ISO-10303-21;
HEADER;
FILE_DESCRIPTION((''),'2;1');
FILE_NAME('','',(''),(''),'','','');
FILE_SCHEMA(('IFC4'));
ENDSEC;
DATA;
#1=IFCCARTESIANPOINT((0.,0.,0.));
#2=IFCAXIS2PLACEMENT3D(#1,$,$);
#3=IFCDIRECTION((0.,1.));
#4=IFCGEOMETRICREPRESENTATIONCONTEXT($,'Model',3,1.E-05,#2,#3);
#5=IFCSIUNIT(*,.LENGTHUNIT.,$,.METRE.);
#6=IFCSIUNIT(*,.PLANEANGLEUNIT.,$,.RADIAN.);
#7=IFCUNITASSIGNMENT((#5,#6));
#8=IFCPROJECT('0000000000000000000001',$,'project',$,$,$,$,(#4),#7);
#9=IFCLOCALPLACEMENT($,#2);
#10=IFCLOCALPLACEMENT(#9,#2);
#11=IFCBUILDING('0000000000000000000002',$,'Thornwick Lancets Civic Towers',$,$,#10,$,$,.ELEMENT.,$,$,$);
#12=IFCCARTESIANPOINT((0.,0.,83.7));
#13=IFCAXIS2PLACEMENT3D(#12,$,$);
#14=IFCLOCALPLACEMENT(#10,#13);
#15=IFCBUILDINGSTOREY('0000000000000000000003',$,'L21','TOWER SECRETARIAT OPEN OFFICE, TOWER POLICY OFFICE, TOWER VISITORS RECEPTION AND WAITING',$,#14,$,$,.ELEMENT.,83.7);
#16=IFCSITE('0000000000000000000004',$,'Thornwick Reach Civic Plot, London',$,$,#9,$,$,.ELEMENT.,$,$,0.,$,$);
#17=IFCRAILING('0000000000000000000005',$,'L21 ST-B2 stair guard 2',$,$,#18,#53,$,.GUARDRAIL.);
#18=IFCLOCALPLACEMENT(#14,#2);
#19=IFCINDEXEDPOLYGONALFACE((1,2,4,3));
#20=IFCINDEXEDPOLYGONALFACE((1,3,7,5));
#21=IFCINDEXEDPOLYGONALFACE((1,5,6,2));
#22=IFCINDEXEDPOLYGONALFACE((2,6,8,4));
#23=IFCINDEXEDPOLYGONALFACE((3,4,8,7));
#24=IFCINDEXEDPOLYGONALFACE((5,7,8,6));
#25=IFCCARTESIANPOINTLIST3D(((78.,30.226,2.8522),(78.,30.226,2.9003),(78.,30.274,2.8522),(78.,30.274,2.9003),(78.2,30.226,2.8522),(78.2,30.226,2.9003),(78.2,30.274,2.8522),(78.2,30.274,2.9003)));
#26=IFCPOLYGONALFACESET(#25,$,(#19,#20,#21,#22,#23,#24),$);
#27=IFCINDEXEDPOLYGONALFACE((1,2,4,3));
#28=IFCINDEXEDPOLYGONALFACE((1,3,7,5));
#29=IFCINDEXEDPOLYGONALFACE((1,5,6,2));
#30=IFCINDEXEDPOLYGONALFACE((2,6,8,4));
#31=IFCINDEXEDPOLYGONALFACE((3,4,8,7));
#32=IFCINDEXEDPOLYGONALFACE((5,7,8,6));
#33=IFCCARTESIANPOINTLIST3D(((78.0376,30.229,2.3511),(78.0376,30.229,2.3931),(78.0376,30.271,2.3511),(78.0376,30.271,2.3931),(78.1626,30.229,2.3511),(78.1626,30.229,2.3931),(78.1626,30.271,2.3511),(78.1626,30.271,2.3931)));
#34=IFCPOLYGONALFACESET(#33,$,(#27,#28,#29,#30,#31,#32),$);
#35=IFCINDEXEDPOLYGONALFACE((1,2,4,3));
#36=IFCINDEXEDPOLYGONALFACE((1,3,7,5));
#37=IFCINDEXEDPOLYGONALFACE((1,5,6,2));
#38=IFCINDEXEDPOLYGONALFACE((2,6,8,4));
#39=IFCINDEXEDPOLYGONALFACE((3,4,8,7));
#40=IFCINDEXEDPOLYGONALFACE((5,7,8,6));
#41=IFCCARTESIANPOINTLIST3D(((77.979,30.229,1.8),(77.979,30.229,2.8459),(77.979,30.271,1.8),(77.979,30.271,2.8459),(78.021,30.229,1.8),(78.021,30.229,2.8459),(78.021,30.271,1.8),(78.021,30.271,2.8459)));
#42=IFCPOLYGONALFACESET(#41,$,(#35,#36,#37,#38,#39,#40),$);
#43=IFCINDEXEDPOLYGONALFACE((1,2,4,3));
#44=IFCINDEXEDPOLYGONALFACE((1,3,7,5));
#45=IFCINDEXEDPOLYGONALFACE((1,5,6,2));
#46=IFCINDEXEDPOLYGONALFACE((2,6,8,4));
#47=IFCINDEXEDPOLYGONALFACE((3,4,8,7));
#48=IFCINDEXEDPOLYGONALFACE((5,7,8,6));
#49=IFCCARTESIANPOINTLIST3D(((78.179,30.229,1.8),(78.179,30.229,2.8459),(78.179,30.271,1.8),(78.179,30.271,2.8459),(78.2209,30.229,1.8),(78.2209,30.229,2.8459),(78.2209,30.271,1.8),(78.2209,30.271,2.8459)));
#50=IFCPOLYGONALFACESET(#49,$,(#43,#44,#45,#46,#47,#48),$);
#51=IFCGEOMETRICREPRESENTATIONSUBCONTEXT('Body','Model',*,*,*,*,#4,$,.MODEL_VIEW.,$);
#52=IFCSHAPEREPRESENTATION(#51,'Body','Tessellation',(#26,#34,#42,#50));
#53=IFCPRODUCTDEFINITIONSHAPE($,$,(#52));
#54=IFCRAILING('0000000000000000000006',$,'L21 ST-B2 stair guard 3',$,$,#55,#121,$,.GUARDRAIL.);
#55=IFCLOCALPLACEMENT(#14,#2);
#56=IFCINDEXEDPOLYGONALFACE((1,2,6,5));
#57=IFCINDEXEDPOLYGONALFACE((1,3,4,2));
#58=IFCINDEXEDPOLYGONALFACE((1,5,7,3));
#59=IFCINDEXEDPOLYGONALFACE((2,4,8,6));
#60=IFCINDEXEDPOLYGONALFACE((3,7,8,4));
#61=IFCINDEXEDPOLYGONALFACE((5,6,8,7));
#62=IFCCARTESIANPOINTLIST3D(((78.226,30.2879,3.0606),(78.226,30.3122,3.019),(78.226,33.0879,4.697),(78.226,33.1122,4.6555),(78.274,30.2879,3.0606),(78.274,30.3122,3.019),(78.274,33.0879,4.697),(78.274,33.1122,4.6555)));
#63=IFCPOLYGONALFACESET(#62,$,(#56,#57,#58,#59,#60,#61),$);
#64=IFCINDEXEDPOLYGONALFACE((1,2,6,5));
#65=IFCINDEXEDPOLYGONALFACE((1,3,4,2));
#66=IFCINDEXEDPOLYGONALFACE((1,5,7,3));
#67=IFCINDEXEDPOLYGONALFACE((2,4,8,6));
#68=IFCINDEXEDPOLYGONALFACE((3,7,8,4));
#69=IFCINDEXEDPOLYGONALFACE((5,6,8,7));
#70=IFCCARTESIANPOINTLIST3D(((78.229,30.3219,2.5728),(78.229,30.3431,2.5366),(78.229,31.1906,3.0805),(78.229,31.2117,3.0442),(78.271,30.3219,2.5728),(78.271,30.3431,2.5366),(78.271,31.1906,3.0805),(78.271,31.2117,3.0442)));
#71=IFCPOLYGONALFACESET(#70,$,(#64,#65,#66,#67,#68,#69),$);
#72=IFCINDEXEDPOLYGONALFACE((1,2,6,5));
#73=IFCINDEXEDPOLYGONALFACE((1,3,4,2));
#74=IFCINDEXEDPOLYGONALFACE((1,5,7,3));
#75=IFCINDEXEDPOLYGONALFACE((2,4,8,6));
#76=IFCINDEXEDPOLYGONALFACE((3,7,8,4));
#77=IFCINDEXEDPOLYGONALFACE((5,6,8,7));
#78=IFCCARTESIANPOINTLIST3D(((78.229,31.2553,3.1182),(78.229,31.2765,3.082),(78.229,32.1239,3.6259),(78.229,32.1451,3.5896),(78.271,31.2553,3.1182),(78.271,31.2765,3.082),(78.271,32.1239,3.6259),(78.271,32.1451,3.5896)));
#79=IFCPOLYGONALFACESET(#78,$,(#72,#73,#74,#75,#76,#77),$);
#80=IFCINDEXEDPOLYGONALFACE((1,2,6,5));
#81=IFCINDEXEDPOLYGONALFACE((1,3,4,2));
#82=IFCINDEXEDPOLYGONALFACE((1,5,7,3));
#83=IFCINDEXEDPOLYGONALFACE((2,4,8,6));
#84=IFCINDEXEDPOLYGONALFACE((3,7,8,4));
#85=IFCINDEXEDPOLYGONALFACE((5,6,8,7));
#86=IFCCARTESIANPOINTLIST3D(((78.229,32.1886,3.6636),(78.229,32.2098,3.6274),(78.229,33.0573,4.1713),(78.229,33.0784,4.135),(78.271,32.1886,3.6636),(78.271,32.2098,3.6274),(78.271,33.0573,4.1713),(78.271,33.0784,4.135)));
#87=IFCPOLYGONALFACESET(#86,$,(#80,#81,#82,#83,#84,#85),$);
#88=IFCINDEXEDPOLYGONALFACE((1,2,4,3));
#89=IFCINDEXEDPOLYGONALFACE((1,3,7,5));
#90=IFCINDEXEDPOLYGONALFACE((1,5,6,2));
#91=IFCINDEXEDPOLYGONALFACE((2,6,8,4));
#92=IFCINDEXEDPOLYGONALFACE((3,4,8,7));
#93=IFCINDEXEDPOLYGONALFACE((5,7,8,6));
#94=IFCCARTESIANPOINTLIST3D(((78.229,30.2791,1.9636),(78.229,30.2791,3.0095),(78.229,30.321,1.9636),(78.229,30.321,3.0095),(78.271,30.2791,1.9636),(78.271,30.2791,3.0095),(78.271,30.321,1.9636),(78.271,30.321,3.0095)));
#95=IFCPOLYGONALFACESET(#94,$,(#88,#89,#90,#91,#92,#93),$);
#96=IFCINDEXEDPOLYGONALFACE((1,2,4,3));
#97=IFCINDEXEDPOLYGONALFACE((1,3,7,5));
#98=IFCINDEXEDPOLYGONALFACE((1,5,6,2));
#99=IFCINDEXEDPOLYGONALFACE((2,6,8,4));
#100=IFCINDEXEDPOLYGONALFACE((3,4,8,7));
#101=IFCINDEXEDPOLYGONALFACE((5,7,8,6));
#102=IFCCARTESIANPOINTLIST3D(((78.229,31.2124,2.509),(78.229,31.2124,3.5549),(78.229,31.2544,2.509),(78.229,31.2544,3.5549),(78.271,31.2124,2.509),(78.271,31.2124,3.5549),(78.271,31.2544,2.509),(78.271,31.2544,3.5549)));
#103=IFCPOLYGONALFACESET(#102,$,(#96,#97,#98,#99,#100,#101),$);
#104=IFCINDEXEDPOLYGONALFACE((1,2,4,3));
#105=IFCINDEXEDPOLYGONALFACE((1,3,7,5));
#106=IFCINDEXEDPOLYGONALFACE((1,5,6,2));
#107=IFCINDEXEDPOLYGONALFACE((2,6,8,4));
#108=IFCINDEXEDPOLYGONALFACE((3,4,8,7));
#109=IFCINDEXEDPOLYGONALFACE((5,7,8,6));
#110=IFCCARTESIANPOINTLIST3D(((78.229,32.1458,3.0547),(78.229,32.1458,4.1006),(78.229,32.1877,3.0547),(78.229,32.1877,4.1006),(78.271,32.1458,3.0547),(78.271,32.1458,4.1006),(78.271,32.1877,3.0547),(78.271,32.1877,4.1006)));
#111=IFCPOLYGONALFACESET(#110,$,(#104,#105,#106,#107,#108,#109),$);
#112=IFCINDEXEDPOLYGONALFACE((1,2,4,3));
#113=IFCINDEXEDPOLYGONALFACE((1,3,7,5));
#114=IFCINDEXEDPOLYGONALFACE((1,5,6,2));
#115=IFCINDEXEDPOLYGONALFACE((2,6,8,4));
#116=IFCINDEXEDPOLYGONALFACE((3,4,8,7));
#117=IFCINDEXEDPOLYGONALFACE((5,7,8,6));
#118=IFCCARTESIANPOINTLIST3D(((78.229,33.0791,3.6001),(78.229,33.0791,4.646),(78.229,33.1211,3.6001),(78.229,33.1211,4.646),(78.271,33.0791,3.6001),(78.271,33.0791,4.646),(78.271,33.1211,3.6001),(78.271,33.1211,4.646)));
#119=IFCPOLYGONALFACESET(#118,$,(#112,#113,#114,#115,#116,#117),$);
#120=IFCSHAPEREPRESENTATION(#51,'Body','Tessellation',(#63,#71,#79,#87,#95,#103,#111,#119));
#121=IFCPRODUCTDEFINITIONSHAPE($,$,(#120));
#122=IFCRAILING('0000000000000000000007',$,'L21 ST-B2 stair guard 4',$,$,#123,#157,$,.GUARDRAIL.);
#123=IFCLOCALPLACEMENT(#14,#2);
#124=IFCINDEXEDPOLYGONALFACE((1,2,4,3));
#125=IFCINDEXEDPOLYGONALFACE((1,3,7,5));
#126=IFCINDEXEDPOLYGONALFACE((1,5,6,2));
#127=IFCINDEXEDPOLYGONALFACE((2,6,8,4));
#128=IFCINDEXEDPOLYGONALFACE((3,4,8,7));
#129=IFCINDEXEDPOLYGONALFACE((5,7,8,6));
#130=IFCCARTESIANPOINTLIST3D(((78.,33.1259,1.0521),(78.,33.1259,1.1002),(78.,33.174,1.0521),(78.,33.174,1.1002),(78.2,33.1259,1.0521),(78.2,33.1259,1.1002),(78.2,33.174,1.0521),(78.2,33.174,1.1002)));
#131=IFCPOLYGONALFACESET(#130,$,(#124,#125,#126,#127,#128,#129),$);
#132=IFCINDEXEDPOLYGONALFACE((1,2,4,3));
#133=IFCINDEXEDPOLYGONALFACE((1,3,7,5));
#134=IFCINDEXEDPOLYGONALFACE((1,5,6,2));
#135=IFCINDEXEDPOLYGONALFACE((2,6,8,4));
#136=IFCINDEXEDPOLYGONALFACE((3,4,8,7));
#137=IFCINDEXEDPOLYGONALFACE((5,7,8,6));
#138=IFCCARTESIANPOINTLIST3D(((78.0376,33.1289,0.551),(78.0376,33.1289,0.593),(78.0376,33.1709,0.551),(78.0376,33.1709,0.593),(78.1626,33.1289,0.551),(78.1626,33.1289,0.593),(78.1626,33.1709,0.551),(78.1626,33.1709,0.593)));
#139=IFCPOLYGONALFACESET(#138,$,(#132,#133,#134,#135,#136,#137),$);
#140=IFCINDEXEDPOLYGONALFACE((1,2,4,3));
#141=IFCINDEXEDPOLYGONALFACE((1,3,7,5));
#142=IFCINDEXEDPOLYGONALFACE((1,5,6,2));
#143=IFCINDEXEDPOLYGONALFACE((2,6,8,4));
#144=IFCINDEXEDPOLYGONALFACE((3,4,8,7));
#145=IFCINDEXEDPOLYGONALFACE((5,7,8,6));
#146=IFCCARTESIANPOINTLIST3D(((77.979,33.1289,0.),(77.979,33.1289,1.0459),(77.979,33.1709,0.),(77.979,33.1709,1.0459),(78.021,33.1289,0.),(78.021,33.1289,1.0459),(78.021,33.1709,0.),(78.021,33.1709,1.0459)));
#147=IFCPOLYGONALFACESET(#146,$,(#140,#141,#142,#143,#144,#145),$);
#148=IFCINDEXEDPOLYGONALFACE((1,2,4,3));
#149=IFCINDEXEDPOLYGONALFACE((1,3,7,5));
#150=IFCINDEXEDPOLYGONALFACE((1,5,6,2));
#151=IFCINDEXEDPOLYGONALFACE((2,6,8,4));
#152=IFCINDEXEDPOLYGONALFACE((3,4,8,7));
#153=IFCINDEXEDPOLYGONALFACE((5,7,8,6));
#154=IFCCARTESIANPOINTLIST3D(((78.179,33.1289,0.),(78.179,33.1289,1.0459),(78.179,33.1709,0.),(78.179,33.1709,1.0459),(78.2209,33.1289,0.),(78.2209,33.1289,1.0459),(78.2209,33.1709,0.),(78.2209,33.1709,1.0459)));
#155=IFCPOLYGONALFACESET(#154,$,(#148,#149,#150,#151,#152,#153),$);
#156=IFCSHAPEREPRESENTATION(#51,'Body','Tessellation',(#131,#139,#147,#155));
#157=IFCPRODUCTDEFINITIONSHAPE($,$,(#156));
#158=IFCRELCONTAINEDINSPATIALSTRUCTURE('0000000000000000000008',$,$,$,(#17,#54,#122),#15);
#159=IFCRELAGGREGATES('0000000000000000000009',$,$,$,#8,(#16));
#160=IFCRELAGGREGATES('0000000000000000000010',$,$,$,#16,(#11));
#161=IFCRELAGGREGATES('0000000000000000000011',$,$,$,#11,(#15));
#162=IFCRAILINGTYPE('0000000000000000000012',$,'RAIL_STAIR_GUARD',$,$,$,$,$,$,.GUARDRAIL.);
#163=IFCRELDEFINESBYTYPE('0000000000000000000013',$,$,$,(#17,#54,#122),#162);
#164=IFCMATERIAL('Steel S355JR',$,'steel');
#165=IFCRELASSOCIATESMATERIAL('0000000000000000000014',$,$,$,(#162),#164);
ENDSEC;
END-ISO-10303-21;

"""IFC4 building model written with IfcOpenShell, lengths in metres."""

from ifc_helpers import new_model, si_unit, direction, frame, origin, origin_2d, place, context, subcontext, project, spatial, rectangle, extrude, material, type_object, element, save


model = new_model("IFC4")

# Units and contexts
model_context = context("Model", 3, precision=1e-05, world=origin(), true_north=direction((0.0, 1.0)))
body_context = subcontext(model_context, "Body", "Model", "MODEL_VIEW")
ifc_project = project(units=[si_unit("LENGTHUNIT", "METRE"), si_unit("PLANEANGLEUNIT", "RADIAN")], contexts=[model_context])

# Site, building, storey
site_placement = place(None, origin())
site = spatial("IfcSite", under=ifc_project, at=site_placement, Name="Thornwick Reach Civic Plot, London", CompositionType="ELEMENT", RefElevation=0.0)
building_placement = place(site_placement, origin())
building = spatial("IfcBuilding", under=site, at=building_placement, Name="Thornwick Lancets Civic Towers", CompositionType="ELEMENT")
storey_placement = place(building_placement, frame((0.0, 0.0, 83.7)))
storey = spatial("IfcBuildingStorey", under=building, at=storey_placement, Name="L21", Description="TOWER SECRETARIAT OPEN OFFICE, TOWER POLICY OFFICE, TOWER VISITORS RECEPTION AND WAITING", CompositionType="ELEMENT", Elevation=83.7)

# Railings
ifc_material_1 = material(Name="Steel S355JR", Category="steel")
railing_type_1 = type_object("IfcRailingType", Name="RAIL_STAIR_GUARD", PredefinedType="GUARDRAIL", material=ifc_material_1)
railing_1_placement = place(storey_placement, frame((78.0, 30.25, 1.8)))
element("IfcRailing", 1, at=railing_1_placement, inside=storey, type_object=railing_type_1, Name="L21 ST-B2 stair guard 2", PredefinedType="GUARDRAIL", context=body_context, shape_type="SweptSolid", body=[
    extrude(rectangle(XDim=0.0481, YDim=0.0481, at=origin_2d()), frame((0.0, 0.0, 1.0762), z_axis=(1.0, 0.0, 0.0), x_axis=(0.0, 1.0, 0.0)), (0.0, 0.0, 1.0), 0.2),
    extrude(rectangle(XDim=0.042, YDim=0.042, at=origin_2d()), frame((0.0376, 0.0, 0.572), z_axis=(1.0, 0.0, 0.0), x_axis=(0.0, 1.0, 0.0)), (0.0, 0.0, 1.0), 0.125),
    extrude(rectangle(XDim=0.042, YDim=0.042, at=origin_2d()), origin(), (0.0, 0.0, 1.0), 1.0459),
    extrude(rectangle(XDim=0.042, YDim=0.042, at=origin_2d()), frame((0.2, 0.0, 0.0)), (0.0, 0.0, 1.0), 1.0459),
])
railing_2_placement = place(storey_placement, frame((78.25, 30.3, 1.9636)))
element("IfcRailing", 2, at=railing_2_placement, inside=storey, type_object=railing_type_1, Name="L21 ST-B2 stair guard 3", PredefinedType="GUARDRAIL", context=body_context, shape_type="SweptSolid", body=[
    extrude(rectangle(XDim=0.0481, YDim=0.0481, at=origin_2d()), frame((0.0, 0.0, 1.0762), z_axis=(0.0, 0.863361, 0.504587), x_axis=(-1.0, 0.0, 0.0)), (0.0, 0.0, 1.0), 3.2432),
    extrude(rectangle(XDim=0.042, YDim=0.042, at=origin_2d()), frame((0.0, 0.0325, 0.5911), z_axis=(0.0, 0.863361, 0.504587), x_axis=(-1.0, 0.0, 0.0)), (0.0, 0.0, 1.0), 1.0061),
    extrude(rectangle(XDim=0.042, YDim=0.042, at=origin_2d()), frame((0.0, 0.9658, 1.1365), z_axis=(0.0, 0.863361, 0.504587), x_axis=(-1.0, 0.0, 0.0)), (0.0, 0.0, 1.0), 1.0061),
    extrude(rectangle(XDim=0.042, YDim=0.042, at=origin_2d()), frame((0.0, 1.8992, 1.6819), z_axis=(0.0, 0.863361, 0.504587), x_axis=(-1.0, 0.0, 0.0)), (0.0, 0.0, 1.0), 1.0061),
    extrude(rectangle(XDim=0.042, YDim=0.042, at=origin_2d()), origin(), (0.0, 0.0, 1.0), 1.0459),
    extrude(rectangle(XDim=0.042, YDim=0.042, at=origin_2d()), frame((0.0, 0.9333, 0.5454)), (0.0, 0.0, 1.0), 1.0459),
    extrude(rectangle(XDim=0.042, YDim=0.042, at=origin_2d()), frame((0.0, 1.8667, 1.0911)), (0.0, 0.0, 1.0), 1.0459),
    extrude(rectangle(XDim=0.042, YDim=0.042, at=origin_2d()), frame((0.0, 2.8, 1.6365)), (0.0, 0.0, 1.0), 1.0459),
])
railing_3_placement = place(storey_placement, frame((78.0, 33.1499, 0.0)))
element("IfcRailing", 3, at=railing_3_placement, inside=storey, type_object=railing_type_1, Name="L21 ST-B2 stair guard 4", PredefinedType="GUARDRAIL", context=body_context, shape_type="SweptSolid", body=[
    extrude(rectangle(XDim=0.0481, YDim=0.0481, at=origin_2d()), frame((0.0, 0.0, 1.0762), z_axis=(1.0, 0.0, 0.0), x_axis=(0.0, 1.0, 0.0)), (0.0, 0.0, 1.0), 0.2),
    extrude(rectangle(XDim=0.042, YDim=0.042, at=origin_2d()), frame((0.0376, 0.0, 0.572), z_axis=(1.0, 0.0, 0.0), x_axis=(0.0, 1.0, 0.0)), (0.0, 0.0, 1.0), 0.125),
    extrude(rectangle(XDim=0.042, YDim=0.042, at=origin_2d()), origin(), (0.0, 0.0, 1.0), 1.0459),
    extrude(rectangle(XDim=0.042, YDim=0.042, at=origin_2d()), frame((0.2, 0.0, 0.0)), (0.0, 0.0, 1.0), 1.0459),
])

save(model, "model.ifc")
